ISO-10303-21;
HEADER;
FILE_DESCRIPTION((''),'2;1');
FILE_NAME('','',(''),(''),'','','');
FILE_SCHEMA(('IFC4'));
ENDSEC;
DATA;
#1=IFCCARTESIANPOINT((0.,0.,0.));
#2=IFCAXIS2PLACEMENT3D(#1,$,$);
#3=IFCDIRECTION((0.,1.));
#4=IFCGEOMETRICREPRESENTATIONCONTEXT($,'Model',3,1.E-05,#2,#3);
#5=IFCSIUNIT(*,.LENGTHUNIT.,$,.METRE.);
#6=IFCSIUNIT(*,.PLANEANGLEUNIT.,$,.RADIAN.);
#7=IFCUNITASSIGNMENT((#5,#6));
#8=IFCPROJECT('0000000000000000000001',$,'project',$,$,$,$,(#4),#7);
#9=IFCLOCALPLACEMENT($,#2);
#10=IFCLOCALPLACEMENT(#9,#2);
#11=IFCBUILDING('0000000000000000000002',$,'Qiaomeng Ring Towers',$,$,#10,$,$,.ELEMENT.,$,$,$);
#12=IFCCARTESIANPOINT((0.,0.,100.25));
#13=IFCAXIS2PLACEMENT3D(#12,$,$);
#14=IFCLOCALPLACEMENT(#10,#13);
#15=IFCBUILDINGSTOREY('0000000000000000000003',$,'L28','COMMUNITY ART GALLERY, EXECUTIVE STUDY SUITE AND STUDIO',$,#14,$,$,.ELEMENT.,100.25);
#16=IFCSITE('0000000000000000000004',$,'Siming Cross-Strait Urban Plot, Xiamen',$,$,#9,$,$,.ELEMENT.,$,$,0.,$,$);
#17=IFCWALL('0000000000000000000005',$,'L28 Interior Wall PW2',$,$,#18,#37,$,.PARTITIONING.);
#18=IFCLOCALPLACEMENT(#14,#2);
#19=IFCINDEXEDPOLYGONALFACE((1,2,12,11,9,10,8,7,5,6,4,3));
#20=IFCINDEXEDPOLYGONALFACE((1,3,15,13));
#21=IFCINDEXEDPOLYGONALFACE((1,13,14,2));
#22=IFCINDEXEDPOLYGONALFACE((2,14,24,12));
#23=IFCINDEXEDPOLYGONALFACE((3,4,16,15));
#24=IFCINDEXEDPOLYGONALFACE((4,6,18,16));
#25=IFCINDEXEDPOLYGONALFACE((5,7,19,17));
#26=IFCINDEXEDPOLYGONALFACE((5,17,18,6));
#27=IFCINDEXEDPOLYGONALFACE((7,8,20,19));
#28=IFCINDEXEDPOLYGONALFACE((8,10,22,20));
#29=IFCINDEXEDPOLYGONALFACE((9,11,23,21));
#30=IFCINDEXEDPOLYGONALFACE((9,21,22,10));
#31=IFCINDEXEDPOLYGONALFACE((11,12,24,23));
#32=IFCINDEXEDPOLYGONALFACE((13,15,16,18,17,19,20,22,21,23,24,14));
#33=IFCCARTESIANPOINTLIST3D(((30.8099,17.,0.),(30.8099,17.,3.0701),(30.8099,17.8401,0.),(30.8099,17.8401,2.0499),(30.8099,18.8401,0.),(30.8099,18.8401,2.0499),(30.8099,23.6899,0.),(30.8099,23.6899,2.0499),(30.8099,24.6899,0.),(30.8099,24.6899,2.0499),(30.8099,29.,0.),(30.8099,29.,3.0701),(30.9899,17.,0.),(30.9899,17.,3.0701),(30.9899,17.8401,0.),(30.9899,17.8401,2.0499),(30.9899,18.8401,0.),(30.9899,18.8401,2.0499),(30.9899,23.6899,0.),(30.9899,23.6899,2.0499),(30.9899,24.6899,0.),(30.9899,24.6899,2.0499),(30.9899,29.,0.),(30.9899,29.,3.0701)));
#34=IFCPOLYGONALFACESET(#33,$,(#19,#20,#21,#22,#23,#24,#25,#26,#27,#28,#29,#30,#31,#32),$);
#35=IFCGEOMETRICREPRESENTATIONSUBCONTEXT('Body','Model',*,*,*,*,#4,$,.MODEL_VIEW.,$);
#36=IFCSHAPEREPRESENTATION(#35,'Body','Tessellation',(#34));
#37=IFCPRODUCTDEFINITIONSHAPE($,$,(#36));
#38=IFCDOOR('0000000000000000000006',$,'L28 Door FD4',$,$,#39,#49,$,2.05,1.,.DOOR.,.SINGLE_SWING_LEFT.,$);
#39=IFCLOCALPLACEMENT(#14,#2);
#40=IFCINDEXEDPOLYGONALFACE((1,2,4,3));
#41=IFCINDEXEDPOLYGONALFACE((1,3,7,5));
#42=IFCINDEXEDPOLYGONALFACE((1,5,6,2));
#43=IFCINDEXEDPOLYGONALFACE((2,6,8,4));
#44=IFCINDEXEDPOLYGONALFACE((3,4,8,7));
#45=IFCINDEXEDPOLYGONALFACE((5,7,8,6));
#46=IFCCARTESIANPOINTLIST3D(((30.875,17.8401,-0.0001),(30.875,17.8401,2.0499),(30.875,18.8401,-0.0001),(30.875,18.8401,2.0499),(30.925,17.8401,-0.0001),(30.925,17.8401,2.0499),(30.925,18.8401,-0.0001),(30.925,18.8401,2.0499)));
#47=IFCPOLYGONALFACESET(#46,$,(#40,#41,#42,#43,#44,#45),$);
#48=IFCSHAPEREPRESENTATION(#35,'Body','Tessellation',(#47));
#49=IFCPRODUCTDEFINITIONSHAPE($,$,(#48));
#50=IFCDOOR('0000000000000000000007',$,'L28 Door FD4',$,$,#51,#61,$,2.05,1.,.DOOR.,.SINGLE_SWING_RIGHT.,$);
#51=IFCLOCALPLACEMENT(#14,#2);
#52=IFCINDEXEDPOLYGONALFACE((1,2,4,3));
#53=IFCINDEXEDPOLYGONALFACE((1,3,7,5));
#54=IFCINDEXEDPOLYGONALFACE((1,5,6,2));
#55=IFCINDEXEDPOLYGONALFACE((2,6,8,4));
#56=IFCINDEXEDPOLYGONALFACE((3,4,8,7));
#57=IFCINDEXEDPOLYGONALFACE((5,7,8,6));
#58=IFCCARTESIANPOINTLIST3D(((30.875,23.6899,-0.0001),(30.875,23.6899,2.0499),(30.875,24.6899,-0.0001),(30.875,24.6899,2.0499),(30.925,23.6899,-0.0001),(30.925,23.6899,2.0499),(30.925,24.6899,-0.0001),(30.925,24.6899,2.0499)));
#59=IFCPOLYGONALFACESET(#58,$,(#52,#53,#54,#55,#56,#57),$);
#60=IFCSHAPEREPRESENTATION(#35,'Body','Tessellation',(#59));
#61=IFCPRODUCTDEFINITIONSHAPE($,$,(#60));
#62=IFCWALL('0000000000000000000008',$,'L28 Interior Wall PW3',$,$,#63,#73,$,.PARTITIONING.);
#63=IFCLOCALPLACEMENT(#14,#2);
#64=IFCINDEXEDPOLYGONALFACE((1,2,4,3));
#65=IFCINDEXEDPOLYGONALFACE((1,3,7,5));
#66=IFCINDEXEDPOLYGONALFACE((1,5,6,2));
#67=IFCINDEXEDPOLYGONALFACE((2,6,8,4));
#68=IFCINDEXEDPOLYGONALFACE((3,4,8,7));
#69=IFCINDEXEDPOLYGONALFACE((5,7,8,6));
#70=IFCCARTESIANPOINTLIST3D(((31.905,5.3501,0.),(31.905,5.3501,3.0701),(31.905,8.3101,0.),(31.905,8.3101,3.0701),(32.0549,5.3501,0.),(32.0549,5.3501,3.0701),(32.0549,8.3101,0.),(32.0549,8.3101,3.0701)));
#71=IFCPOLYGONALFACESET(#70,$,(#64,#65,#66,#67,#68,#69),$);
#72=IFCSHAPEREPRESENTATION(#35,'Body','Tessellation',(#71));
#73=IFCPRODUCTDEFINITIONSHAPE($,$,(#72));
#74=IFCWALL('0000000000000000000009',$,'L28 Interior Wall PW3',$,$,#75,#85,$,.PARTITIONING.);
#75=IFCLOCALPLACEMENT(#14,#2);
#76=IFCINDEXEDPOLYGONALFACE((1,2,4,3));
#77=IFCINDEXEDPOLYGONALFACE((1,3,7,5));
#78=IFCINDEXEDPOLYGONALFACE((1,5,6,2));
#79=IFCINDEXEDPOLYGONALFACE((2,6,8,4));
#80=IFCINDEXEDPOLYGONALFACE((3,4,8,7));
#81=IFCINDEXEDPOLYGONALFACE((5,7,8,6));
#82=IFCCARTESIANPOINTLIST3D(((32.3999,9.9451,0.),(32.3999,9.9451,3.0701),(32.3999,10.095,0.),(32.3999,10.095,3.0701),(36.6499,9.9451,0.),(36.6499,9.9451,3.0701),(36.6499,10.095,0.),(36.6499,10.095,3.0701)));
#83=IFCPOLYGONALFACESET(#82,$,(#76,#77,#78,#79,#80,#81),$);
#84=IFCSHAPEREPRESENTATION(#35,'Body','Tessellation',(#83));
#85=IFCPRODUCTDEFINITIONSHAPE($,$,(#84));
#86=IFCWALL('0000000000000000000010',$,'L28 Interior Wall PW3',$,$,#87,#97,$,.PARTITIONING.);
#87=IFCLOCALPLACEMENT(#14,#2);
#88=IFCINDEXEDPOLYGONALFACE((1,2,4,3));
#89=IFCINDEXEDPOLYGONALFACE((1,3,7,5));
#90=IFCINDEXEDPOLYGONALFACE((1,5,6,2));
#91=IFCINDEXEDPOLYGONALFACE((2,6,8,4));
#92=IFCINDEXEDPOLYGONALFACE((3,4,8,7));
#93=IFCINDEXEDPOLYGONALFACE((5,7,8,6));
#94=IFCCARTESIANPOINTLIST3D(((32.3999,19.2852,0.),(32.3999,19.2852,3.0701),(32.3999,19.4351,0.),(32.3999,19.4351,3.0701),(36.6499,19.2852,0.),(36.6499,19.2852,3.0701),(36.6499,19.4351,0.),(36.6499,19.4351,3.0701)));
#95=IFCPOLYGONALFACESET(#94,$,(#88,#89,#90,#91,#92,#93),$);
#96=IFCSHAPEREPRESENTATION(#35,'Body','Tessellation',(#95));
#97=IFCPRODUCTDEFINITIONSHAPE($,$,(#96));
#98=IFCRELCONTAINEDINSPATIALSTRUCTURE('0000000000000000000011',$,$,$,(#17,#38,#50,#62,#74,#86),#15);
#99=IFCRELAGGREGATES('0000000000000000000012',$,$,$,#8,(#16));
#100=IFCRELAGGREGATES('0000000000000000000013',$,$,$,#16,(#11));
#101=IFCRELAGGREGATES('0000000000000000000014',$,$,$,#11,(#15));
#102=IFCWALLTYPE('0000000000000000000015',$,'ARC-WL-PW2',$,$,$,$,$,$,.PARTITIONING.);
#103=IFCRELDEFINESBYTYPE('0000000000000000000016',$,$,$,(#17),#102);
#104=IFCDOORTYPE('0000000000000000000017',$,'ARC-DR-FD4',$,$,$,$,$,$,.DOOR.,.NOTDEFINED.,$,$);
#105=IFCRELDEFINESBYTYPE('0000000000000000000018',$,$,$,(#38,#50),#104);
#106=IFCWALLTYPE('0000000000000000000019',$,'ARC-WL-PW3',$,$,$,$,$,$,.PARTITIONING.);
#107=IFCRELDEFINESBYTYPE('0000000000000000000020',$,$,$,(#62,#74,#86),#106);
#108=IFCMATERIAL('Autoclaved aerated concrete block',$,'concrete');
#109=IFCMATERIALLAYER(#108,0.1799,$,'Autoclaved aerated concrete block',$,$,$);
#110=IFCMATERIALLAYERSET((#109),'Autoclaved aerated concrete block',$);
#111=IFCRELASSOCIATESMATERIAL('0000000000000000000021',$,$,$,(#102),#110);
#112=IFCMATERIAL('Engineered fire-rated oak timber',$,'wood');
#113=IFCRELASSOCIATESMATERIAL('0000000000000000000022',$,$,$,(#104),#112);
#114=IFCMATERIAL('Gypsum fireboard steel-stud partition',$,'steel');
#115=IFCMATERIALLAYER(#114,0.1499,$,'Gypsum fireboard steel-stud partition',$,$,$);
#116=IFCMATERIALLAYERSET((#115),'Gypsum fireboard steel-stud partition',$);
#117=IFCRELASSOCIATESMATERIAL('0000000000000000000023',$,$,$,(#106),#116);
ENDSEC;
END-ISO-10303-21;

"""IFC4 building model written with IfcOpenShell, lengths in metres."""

from ifc_helpers import new_model, si_unit, direction, frame, frame_2d, origin, place, context, subcontext, project, spatial, rectangle, extrude, source, transform, mapped, material, layer, layer_set, type_object, element, fill, save


model = new_model("IFC4")

# Units and contexts
model_context = context("Model", 3, precision=1e-05, world=origin(), true_north=direction((0.0, 1.0)))
body_context = subcontext(model_context, "Body", "Model", "MODEL_VIEW")
ifc_project = project(units=[si_unit("LENGTHUNIT", "METRE"), si_unit("PLANEANGLEUNIT", "RADIAN")], contexts=[model_context])

# Site, building, storey
site_placement = place(None, origin())
site = spatial("IfcSite", under=ifc_project, at=site_placement, Name="Siming Cross-Strait Urban Plot, Xiamen", CompositionType="ELEMENT", RefElevation=0.0)
building_placement = place(site_placement, origin())
building = spatial("IfcBuilding", under=site, at=building_placement, Name="Qiaomeng Ring Towers", CompositionType="ELEMENT")
storey_placement = place(building_placement, frame((0.0, 0.0, 100.25)))
storey = spatial("IfcBuildingStorey", under=building, at=storey_placement, Name="L28", Description="COMMUNITY ART GALLERY, EXECUTIVE STUDY SUITE AND STUDIO", CompositionType="ELEMENT", Elevation=100.25)

# Shared definitions
ifc_material_1 = material(Name="Autoclaved aerated concrete block", Category="concrete")

# Wall, openings, doors
ifc_layer_1 = layer(ifc_material_1, 0.1799, Name="Autoclaved aerated concrete block")
ifc_layer_set_1 = layer_set([ifc_layer_1], Name="Autoclaved aerated concrete block")
wall_type_1 = type_object("IfcWallType", Name="ARC-WL-PW2", PredefinedType="PARTITIONING", material=ifc_layer_set_1)
ifc_material_2 = material(Name="Engineered fire-rated oak timber", Category="wood")
door_type_1 = type_object("IfcDoorType", Name="ARC-DR-FD4", OperationType="NOTDEFINED", PredefinedType="DOOR", material=ifc_material_2)
shared_shape_1 = source(origin(), body_context, "Body", "SweptSolid", [
    extrude(rectangle(XDim=1.0, YDim=2.05, at=frame_2d((0.5, 1.0249))), frame((0.0, 0.0249, 0.0), z_axis=(0.0, -1.0, 0.0), x_axis=(1.0, 0.0, 0.0)), (0.0, 0.0, 1.0), 0.05),
])
wall_1_placement = place(storey_placement, frame((30.8999, 17.0, 0.0), z_axis=(0.0, 0.0, 1.0), x_axis=(0.0, 1.0, 0.0)))
wall_1 = element("IfcWall", 1, at=wall_1_placement, inside=storey, type_object=wall_type_1, Name="L28 Interior Wall PW2", PredefinedType="PARTITIONING", context=body_context, shape_type="SweptSolid", body=[
    extrude(rectangle(XDim=12.0, YDim=0.1799, at=frame_2d((6.0, 0.0))), origin(), (0.0, 0.0, 1.0), 3.0701),
])
opening_1_placement = place(wall_1_placement, frame((0.8401, 0.0, 0.0)))
opening_1 = element("IfcOpeningElement", 2, at=opening_1_placement, cuts=wall_1, PredefinedType="OPENING", context=body_context, shape_type="SweptSolid", body=[
    extrude(rectangle(XDim=1.0, YDim=2.05, at=frame_2d((0.5, 1.0249))), frame((0.0, 0.0999, 0.0), z_axis=(0.0, -1.0, 0.0), x_axis=(1.0, 0.0, 0.0)), (0.0, 0.0, 1.0), 0.2),
])
opening_2_placement = place(wall_1_placement, frame((6.6899, 0.0, 0.0)))
opening_2 = element("IfcOpeningElement", 3, at=opening_2_placement, cuts=wall_1, PredefinedType="OPENING", context=body_context, shape_type="SweptSolid", body=[
    extrude(rectangle(XDim=1.0, YDim=2.05, at=frame_2d((0.5, 1.0249))), frame((0.0, 0.0999, 0.0), z_axis=(0.0, -1.0, 0.0), x_axis=(1.0, 0.0, 0.0)), (0.0, 0.0, 1.0), 0.2),
])
door_1_placement = place(opening_1_placement, origin())
door_1 = element("IfcDoor", 4, at=door_1_placement, inside=storey, type_object=door_type_1, Name="L28 Door FD4", OperationType="SINGLE_SWING_LEFT", OverallHeight=2.05, OverallWidth=1.0, PredefinedType="DOOR", context=body_context, shape_type="MappedRepresentation", body=[
    mapped(shared_shape_1, transform((0.0, 0.0, 0.0), x_axis=(1.0, 0.0, 0.0), y_axis=(0.0, 1.0, 0.0), z_axis=(0.0, 0.0, 1.0), scale=1.0)),
])
fill(opening_1, door_1)
door_2_placement = place(opening_2_placement, origin())
door_2 = element("IfcDoor", 5, at=door_2_placement, inside=storey, type_object=door_type_1, Name="L28 Door FD4", OperationType="SINGLE_SWING_RIGHT", OverallHeight=2.05, OverallWidth=1.0, PredefinedType="DOOR", context=body_context, shape_type="MappedRepresentation", body=[
    mapped(shared_shape_1, transform((0.0, 0.0, 0.0), x_axis=(1.0, 0.0, 0.0), y_axis=(0.0, 1.0, 0.0), z_axis=(0.0, 0.0, 1.0), scale=1.0)),
])
fill(opening_2, door_2)

# Walls
ifc_material_3 = material(Name="Gypsum fireboard steel-stud partition", Category="steel")
ifc_layer_2 = layer(ifc_material_3, 0.1499, Name="Gypsum fireboard steel-stud partition")
ifc_layer_set_2 = layer_set([ifc_layer_2], Name="Gypsum fireboard steel-stud partition")
wall_type_2 = type_object("IfcWallType", Name="ARC-WL-PW3", PredefinedType="PARTITIONING", material=ifc_layer_set_2)
wall_2_placement = place(storey_placement, frame((31.98, 5.3501, 0.0), z_axis=(0.0, 0.0, 1.0), x_axis=(0.0, 1.0, 0.0)))
element("IfcWall", 6, at=wall_2_placement, inside=storey, type_object=wall_type_2, Name="L28 Interior Wall PW3", PredefinedType="PARTITIONING", context=body_context, shape_type="SweptSolid", body=[
    extrude(rectangle(XDim=2.96, YDim=0.1499, at=frame_2d((1.48, 0.0))), origin(), (0.0, 0.0, 1.0), 3.0701),
])
for number, where, z_axis, x_axis, name in (
    (7, (32.3999, 10.02, 0.0), (0.0, 0.0, 1.0), (1.0, 0.0, 0.0), "L28 Interior Wall PW3"),
    (8, (32.3999, 19.3601, 0.0), (0.0, 0.0, 1.0), (1.0, 0.0, 0.0), "L28 Interior Wall PW3"),
):
    element("IfcWall", number, at=place(storey_placement, frame(where, z_axis=z_axis, x_axis=x_axis)), inside=storey, type_object=wall_type_2, Name=name, PredefinedType="PARTITIONING", context=body_context, shape_type="SweptSolid", body=[
        extrude(rectangle(XDim=4.25, YDim=0.1499, at=frame_2d((2.125, 0.0))), origin(), (0.0, 0.0, 1.0), 3.0701),
    ])

save(model, "model.ifc")
